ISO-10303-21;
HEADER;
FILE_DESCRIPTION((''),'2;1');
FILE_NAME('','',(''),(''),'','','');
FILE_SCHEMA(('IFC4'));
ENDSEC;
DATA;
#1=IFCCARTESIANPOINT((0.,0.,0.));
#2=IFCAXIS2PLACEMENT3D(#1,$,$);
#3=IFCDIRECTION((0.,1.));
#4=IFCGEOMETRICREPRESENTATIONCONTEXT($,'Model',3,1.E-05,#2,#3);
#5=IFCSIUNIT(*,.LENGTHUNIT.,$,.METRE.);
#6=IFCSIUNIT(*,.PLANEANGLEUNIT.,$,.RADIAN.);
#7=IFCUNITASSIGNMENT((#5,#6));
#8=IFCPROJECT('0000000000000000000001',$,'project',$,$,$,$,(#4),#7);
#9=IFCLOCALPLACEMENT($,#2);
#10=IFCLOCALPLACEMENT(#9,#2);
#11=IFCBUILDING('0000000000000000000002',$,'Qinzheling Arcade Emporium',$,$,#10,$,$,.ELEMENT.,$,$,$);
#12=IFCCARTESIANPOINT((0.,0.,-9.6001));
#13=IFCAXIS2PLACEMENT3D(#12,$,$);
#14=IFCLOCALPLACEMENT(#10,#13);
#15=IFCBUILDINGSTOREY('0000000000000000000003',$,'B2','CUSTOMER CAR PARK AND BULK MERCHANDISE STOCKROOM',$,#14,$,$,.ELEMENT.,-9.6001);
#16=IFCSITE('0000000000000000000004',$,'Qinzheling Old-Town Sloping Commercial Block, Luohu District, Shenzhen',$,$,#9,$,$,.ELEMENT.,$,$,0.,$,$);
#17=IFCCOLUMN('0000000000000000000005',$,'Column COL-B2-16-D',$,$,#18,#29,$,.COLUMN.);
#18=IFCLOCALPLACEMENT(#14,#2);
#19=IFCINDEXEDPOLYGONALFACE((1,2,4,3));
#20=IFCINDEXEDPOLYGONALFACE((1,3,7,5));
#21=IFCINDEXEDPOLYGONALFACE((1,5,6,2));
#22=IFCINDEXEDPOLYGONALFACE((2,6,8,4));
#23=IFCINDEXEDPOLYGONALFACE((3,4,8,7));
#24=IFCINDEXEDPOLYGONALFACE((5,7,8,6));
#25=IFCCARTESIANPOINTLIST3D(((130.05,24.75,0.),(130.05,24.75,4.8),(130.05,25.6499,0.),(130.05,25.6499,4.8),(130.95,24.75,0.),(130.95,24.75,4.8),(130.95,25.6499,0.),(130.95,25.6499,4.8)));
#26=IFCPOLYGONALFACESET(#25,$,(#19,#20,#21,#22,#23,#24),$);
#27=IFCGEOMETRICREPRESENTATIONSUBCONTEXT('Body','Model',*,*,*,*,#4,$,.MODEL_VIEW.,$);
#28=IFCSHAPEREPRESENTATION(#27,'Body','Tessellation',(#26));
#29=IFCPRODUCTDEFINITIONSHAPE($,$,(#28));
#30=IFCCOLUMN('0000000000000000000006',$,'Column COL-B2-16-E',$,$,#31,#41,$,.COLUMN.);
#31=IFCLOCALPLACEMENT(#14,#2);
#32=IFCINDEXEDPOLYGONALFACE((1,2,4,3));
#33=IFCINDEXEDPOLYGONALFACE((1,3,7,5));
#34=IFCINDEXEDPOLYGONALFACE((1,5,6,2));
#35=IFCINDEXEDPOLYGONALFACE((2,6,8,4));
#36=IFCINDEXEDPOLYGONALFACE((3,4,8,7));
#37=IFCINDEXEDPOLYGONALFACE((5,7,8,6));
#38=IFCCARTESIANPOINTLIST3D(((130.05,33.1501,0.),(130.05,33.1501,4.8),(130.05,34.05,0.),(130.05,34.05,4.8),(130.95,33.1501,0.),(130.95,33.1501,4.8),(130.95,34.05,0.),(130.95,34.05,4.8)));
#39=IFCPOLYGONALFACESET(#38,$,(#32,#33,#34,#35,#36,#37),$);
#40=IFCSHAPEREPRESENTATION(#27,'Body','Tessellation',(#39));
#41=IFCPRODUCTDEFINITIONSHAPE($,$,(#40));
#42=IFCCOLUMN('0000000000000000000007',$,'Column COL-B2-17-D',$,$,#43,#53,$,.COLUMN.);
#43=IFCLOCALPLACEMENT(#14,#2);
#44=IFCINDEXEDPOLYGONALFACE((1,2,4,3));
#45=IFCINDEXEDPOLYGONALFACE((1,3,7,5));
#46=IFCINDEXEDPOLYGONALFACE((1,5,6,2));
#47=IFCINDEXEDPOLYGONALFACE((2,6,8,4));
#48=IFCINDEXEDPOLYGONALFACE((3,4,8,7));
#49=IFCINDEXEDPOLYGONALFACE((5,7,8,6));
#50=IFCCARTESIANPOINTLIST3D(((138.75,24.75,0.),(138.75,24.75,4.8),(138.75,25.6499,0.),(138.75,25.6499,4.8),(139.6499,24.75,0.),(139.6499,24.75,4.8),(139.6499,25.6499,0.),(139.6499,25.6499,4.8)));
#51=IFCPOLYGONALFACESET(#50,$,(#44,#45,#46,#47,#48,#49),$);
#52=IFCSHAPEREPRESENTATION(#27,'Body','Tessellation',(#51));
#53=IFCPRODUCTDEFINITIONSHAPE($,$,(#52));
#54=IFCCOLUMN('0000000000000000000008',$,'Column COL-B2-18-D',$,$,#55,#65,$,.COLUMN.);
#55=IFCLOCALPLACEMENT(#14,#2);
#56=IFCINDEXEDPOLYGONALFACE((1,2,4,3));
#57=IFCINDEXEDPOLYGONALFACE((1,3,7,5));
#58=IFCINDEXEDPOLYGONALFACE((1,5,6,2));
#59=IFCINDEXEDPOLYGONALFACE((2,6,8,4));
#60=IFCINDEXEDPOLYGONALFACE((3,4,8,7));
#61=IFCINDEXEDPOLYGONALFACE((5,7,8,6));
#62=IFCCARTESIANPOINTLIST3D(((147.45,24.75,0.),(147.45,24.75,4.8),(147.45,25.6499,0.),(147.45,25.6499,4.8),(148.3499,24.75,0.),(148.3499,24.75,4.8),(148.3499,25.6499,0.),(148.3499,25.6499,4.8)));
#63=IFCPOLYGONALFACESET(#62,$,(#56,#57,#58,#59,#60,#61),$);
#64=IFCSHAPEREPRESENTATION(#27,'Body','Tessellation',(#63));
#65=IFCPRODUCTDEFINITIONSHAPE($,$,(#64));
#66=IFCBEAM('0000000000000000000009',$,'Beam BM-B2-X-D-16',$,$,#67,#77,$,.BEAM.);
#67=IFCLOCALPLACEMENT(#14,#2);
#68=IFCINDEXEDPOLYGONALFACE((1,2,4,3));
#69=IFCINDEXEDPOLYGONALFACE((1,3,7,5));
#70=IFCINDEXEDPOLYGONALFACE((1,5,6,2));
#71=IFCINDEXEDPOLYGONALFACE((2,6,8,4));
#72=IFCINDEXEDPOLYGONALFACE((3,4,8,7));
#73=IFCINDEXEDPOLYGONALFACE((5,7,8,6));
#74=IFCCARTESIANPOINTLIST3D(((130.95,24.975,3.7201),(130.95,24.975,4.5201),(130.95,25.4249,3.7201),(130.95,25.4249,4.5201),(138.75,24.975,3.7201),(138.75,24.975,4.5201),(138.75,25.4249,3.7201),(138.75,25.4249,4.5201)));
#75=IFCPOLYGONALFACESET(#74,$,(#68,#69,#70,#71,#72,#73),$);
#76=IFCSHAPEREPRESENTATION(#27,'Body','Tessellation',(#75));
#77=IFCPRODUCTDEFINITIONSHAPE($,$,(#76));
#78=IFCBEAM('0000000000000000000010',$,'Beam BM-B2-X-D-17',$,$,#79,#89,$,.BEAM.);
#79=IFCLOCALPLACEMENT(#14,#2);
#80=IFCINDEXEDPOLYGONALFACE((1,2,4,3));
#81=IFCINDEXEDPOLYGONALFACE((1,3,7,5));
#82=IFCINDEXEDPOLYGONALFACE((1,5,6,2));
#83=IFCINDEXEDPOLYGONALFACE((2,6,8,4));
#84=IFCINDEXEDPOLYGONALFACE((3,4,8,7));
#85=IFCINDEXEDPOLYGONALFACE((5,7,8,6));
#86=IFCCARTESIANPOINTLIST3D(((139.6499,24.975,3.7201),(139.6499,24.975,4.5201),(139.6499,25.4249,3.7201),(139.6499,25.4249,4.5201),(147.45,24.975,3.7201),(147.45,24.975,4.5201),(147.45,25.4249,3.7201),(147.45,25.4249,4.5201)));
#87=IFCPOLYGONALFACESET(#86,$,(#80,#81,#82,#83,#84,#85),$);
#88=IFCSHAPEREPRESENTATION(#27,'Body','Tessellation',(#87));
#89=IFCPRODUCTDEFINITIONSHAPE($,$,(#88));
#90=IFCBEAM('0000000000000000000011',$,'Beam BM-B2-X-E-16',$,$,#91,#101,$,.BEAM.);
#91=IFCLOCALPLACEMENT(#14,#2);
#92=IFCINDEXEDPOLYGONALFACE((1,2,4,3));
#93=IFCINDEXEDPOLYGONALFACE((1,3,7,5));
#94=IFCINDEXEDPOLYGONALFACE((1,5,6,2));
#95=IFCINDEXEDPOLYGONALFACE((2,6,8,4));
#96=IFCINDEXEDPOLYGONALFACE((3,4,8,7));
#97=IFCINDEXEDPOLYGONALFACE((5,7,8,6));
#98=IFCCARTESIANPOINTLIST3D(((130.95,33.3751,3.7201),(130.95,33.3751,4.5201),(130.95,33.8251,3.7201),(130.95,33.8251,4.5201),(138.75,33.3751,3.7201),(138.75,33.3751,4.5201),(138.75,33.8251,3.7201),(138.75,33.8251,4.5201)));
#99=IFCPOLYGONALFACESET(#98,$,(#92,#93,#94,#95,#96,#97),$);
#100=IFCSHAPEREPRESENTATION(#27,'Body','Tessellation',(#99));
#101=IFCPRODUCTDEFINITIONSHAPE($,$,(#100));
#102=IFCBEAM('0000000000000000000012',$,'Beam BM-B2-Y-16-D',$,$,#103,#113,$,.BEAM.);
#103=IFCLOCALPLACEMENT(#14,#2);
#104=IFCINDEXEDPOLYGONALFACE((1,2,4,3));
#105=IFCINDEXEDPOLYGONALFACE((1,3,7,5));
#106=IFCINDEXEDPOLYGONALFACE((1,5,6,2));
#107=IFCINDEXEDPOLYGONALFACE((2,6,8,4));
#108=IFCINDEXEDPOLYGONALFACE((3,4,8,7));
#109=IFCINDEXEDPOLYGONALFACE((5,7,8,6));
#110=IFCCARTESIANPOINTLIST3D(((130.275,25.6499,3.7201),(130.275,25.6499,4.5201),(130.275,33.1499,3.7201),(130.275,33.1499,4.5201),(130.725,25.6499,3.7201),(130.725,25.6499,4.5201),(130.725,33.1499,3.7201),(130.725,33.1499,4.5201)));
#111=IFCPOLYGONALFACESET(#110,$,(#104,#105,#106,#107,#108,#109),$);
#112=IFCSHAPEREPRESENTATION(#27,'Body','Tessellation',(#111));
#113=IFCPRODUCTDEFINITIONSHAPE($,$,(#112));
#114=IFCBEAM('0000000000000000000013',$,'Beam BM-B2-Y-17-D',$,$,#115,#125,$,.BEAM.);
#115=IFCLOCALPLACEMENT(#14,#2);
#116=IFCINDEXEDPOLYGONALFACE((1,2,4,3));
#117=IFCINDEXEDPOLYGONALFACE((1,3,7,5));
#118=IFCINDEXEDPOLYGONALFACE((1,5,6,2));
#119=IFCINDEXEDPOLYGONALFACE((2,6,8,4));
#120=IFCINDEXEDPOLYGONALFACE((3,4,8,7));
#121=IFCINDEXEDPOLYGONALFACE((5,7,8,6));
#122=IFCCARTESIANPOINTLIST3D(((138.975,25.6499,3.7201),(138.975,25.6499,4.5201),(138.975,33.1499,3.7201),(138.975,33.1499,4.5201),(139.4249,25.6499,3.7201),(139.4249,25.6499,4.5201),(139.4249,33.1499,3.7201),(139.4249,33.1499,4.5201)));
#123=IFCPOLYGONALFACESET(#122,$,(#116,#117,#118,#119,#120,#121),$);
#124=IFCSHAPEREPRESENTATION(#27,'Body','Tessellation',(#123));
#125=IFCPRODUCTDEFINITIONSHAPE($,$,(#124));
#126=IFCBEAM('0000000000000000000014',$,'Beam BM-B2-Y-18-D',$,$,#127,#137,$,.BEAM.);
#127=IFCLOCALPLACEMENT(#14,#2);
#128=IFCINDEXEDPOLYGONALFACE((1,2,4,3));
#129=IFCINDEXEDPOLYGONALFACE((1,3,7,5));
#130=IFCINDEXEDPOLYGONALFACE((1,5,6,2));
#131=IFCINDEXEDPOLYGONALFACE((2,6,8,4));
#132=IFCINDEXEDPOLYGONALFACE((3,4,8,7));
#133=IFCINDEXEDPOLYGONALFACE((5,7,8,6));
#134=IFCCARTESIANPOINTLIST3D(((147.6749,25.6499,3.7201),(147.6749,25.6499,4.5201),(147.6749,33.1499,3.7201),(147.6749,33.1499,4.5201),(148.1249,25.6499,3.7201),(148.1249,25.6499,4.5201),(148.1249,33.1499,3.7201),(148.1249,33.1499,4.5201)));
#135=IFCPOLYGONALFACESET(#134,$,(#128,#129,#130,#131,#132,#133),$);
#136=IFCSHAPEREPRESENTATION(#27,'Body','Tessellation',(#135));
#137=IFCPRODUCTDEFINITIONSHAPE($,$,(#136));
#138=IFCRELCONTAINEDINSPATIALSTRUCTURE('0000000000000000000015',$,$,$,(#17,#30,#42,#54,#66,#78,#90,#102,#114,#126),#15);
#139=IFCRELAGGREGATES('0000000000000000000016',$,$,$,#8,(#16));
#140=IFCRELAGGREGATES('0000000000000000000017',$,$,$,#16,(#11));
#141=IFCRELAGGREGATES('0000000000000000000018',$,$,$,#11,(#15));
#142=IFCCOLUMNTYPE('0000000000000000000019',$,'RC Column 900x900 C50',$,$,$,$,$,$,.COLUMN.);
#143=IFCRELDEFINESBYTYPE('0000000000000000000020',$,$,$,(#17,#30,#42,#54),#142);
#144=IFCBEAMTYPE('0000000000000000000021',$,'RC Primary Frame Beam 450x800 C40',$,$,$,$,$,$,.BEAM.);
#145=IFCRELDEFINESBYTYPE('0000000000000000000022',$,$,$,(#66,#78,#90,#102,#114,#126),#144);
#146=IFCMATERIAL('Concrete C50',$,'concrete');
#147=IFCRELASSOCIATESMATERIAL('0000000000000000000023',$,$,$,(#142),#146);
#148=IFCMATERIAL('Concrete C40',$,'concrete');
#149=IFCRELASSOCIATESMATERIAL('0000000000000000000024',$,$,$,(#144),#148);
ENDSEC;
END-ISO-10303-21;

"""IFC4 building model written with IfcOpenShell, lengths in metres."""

from ifc_helpers import new_model, si_unit, direction, frame, origin, origin_2d, place, context, subcontext, project, spatial, rectangle, extrude, material, material_profile, profile_set, type_object, element, save


model = new_model("IFC4")

# Units and contexts
model_context = context("Model", 3, precision=1e-05, world=origin(), true_north=direction((0.0, 1.0)))
body_context = subcontext(model_context, "Body", "Model", "MODEL_VIEW")
ifc_project = project(units=[si_unit("LENGTHUNIT", "METRE"), si_unit("PLANEANGLEUNIT", "RADIAN")], contexts=[model_context])

# Site, building, storey
site_placement = place(None, origin())
site = spatial("IfcSite", under=ifc_project, at=site_placement, Name="Qinzheling Old-Town Sloping Commercial Block, Luohu District, Shenzhen", CompositionType="ELEMENT", RefElevation=0.0)
building_placement = place(site_placement, origin())
building = spatial("IfcBuilding", under=site, at=building_placement, Name="Qinzheling Arcade Emporium", CompositionType="ELEMENT")
storey_placement = place(building_placement, frame((0.0, 0.0, -9.6001)))
storey = spatial("IfcBuildingStorey", under=building, at=storey_placement, Name="B2", Description="CUSTOMER CAR PARK AND BULK MERCHANDISE STOCKROOM", CompositionType="ELEMENT", Elevation=-9.6001)

# Shared definitions
ifc_material_1 = material(Name="Concrete C40", Category="concrete")

# Columns
ifc_material_2 = material(Name="Concrete C50", Category="concrete")
ifc_material_profile_1 = material_profile(ifc_material_2, rectangle(XDim=0.8999, YDim=0.8999, at=origin_2d()), Name="RC 900x900", Category="concrete")
ifc_profile_set_1 = profile_set([ifc_material_profile_1], Name="Concrete C50")
column_type = type_object("IfcColumnType", Name="RC Column 900x900 C50", PredefinedType="COLUMN", material=ifc_profile_set_1)
for number, where, z_axis, x_axis, name in (
    (1, (130.5, 25.2, 0.0), (0.0, 0.0, 1.0), (1.0, 0.0, 0.0), "Column COL-B2-16-D"),
    (2, (130.5, 33.6001, 0.0), (0.0, 0.0, 1.0), (1.0, 0.0, 0.0), "Column COL-B2-16-E"),
    (3, (139.2, 25.2, 0.0), (0.0, 0.0, 1.0), (1.0, 0.0, 0.0), "Column COL-B2-17-D"),
    (4, (147.8999, 25.2, 0.0), (0.0, 0.0, 1.0), (1.0, 0.0, 0.0), "Column COL-B2-18-D"),
):
    element("IfcColumn", number, at=place(storey_placement, frame(where, z_axis=z_axis, x_axis=x_axis)), inside=storey, type_object=column_type, Name=name, PredefinedType="COLUMN", context=body_context, shape_type="SweptSolid", body=[
        extrude(rectangle(XDim=0.8999, YDim=0.8999, at=origin_2d()), origin(), (0.0, 0.0, 1.0), 4.8),
    ])

# Beams
ifc_material_profile_2 = material_profile(ifc_material_1, rectangle(XDim=0.45, YDim=0.8, at=origin_2d()), Name="RC 450x800", Category="concrete")
ifc_profile_set_2 = profile_set([ifc_material_profile_2], Name="Concrete C40")
beam_type = type_object("IfcBeamType", Name="RC Primary Frame Beam 450x800 C40", PredefinedType="BEAM", material=ifc_profile_set_2)
for number, where, z_axis, x_axis, name in (
    (5, (130.95, 25.2, 4.1201), (1.0, 0.0, 0.0), (0.0, 1.0, 0.0), "Beam BM-B2-X-D-16"),
    (6, (139.6499, 25.2, 4.1201), (1.0, 0.0, 0.0), (0.0, 1.0, 0.0), "Beam BM-B2-X-D-17"),
    (7, (130.95, 33.6001, 4.1201), (1.0, 0.0, 0.0), (0.0, 1.0, 0.0), "Beam BM-B2-X-E-16"),
):
    element("IfcBeam", number, at=place(storey_placement, frame(where, z_axis=z_axis, x_axis=x_axis)), inside=storey, type_object=beam_type, Name=name, PredefinedType="BEAM", context=body_context, shape_type="SweptSolid", body=[
        extrude(rectangle(XDim=0.45, YDim=0.8, at=origin_2d()), origin(), (0.0, 0.0, 1.0), 7.8),
    ])
for number, where, z_axis, x_axis, name in (
    (8, (130.5, 25.6499, 4.1201), (0.0, 1.0, 0.0), (-1.0, 0.0, 0.0), "Beam BM-B2-Y-16-D"),
    (9, (139.2, 25.6499, 4.1201), (0.0, 1.0, 0.0), (-1.0, 0.0, 0.0), "Beam BM-B2-Y-17-D"),
    (10, (147.8999, 25.6499, 4.1201), (0.0, 1.0, 0.0), (-1.0, 0.0, 0.0), "Beam BM-B2-Y-18-D"),
):
    element("IfcBeam", number, at=place(storey_placement, frame(where, z_axis=z_axis, x_axis=x_axis)), inside=storey, type_object=beam_type, Name=name, PredefinedType="BEAM", context=body_context, shape_type="SweptSolid", body=[
        extrude(rectangle(XDim=0.45, YDim=0.8, at=origin_2d()), origin(), (0.0, 0.0, 1.0), 7.5),
    ])

save(model, "model.ifc")
